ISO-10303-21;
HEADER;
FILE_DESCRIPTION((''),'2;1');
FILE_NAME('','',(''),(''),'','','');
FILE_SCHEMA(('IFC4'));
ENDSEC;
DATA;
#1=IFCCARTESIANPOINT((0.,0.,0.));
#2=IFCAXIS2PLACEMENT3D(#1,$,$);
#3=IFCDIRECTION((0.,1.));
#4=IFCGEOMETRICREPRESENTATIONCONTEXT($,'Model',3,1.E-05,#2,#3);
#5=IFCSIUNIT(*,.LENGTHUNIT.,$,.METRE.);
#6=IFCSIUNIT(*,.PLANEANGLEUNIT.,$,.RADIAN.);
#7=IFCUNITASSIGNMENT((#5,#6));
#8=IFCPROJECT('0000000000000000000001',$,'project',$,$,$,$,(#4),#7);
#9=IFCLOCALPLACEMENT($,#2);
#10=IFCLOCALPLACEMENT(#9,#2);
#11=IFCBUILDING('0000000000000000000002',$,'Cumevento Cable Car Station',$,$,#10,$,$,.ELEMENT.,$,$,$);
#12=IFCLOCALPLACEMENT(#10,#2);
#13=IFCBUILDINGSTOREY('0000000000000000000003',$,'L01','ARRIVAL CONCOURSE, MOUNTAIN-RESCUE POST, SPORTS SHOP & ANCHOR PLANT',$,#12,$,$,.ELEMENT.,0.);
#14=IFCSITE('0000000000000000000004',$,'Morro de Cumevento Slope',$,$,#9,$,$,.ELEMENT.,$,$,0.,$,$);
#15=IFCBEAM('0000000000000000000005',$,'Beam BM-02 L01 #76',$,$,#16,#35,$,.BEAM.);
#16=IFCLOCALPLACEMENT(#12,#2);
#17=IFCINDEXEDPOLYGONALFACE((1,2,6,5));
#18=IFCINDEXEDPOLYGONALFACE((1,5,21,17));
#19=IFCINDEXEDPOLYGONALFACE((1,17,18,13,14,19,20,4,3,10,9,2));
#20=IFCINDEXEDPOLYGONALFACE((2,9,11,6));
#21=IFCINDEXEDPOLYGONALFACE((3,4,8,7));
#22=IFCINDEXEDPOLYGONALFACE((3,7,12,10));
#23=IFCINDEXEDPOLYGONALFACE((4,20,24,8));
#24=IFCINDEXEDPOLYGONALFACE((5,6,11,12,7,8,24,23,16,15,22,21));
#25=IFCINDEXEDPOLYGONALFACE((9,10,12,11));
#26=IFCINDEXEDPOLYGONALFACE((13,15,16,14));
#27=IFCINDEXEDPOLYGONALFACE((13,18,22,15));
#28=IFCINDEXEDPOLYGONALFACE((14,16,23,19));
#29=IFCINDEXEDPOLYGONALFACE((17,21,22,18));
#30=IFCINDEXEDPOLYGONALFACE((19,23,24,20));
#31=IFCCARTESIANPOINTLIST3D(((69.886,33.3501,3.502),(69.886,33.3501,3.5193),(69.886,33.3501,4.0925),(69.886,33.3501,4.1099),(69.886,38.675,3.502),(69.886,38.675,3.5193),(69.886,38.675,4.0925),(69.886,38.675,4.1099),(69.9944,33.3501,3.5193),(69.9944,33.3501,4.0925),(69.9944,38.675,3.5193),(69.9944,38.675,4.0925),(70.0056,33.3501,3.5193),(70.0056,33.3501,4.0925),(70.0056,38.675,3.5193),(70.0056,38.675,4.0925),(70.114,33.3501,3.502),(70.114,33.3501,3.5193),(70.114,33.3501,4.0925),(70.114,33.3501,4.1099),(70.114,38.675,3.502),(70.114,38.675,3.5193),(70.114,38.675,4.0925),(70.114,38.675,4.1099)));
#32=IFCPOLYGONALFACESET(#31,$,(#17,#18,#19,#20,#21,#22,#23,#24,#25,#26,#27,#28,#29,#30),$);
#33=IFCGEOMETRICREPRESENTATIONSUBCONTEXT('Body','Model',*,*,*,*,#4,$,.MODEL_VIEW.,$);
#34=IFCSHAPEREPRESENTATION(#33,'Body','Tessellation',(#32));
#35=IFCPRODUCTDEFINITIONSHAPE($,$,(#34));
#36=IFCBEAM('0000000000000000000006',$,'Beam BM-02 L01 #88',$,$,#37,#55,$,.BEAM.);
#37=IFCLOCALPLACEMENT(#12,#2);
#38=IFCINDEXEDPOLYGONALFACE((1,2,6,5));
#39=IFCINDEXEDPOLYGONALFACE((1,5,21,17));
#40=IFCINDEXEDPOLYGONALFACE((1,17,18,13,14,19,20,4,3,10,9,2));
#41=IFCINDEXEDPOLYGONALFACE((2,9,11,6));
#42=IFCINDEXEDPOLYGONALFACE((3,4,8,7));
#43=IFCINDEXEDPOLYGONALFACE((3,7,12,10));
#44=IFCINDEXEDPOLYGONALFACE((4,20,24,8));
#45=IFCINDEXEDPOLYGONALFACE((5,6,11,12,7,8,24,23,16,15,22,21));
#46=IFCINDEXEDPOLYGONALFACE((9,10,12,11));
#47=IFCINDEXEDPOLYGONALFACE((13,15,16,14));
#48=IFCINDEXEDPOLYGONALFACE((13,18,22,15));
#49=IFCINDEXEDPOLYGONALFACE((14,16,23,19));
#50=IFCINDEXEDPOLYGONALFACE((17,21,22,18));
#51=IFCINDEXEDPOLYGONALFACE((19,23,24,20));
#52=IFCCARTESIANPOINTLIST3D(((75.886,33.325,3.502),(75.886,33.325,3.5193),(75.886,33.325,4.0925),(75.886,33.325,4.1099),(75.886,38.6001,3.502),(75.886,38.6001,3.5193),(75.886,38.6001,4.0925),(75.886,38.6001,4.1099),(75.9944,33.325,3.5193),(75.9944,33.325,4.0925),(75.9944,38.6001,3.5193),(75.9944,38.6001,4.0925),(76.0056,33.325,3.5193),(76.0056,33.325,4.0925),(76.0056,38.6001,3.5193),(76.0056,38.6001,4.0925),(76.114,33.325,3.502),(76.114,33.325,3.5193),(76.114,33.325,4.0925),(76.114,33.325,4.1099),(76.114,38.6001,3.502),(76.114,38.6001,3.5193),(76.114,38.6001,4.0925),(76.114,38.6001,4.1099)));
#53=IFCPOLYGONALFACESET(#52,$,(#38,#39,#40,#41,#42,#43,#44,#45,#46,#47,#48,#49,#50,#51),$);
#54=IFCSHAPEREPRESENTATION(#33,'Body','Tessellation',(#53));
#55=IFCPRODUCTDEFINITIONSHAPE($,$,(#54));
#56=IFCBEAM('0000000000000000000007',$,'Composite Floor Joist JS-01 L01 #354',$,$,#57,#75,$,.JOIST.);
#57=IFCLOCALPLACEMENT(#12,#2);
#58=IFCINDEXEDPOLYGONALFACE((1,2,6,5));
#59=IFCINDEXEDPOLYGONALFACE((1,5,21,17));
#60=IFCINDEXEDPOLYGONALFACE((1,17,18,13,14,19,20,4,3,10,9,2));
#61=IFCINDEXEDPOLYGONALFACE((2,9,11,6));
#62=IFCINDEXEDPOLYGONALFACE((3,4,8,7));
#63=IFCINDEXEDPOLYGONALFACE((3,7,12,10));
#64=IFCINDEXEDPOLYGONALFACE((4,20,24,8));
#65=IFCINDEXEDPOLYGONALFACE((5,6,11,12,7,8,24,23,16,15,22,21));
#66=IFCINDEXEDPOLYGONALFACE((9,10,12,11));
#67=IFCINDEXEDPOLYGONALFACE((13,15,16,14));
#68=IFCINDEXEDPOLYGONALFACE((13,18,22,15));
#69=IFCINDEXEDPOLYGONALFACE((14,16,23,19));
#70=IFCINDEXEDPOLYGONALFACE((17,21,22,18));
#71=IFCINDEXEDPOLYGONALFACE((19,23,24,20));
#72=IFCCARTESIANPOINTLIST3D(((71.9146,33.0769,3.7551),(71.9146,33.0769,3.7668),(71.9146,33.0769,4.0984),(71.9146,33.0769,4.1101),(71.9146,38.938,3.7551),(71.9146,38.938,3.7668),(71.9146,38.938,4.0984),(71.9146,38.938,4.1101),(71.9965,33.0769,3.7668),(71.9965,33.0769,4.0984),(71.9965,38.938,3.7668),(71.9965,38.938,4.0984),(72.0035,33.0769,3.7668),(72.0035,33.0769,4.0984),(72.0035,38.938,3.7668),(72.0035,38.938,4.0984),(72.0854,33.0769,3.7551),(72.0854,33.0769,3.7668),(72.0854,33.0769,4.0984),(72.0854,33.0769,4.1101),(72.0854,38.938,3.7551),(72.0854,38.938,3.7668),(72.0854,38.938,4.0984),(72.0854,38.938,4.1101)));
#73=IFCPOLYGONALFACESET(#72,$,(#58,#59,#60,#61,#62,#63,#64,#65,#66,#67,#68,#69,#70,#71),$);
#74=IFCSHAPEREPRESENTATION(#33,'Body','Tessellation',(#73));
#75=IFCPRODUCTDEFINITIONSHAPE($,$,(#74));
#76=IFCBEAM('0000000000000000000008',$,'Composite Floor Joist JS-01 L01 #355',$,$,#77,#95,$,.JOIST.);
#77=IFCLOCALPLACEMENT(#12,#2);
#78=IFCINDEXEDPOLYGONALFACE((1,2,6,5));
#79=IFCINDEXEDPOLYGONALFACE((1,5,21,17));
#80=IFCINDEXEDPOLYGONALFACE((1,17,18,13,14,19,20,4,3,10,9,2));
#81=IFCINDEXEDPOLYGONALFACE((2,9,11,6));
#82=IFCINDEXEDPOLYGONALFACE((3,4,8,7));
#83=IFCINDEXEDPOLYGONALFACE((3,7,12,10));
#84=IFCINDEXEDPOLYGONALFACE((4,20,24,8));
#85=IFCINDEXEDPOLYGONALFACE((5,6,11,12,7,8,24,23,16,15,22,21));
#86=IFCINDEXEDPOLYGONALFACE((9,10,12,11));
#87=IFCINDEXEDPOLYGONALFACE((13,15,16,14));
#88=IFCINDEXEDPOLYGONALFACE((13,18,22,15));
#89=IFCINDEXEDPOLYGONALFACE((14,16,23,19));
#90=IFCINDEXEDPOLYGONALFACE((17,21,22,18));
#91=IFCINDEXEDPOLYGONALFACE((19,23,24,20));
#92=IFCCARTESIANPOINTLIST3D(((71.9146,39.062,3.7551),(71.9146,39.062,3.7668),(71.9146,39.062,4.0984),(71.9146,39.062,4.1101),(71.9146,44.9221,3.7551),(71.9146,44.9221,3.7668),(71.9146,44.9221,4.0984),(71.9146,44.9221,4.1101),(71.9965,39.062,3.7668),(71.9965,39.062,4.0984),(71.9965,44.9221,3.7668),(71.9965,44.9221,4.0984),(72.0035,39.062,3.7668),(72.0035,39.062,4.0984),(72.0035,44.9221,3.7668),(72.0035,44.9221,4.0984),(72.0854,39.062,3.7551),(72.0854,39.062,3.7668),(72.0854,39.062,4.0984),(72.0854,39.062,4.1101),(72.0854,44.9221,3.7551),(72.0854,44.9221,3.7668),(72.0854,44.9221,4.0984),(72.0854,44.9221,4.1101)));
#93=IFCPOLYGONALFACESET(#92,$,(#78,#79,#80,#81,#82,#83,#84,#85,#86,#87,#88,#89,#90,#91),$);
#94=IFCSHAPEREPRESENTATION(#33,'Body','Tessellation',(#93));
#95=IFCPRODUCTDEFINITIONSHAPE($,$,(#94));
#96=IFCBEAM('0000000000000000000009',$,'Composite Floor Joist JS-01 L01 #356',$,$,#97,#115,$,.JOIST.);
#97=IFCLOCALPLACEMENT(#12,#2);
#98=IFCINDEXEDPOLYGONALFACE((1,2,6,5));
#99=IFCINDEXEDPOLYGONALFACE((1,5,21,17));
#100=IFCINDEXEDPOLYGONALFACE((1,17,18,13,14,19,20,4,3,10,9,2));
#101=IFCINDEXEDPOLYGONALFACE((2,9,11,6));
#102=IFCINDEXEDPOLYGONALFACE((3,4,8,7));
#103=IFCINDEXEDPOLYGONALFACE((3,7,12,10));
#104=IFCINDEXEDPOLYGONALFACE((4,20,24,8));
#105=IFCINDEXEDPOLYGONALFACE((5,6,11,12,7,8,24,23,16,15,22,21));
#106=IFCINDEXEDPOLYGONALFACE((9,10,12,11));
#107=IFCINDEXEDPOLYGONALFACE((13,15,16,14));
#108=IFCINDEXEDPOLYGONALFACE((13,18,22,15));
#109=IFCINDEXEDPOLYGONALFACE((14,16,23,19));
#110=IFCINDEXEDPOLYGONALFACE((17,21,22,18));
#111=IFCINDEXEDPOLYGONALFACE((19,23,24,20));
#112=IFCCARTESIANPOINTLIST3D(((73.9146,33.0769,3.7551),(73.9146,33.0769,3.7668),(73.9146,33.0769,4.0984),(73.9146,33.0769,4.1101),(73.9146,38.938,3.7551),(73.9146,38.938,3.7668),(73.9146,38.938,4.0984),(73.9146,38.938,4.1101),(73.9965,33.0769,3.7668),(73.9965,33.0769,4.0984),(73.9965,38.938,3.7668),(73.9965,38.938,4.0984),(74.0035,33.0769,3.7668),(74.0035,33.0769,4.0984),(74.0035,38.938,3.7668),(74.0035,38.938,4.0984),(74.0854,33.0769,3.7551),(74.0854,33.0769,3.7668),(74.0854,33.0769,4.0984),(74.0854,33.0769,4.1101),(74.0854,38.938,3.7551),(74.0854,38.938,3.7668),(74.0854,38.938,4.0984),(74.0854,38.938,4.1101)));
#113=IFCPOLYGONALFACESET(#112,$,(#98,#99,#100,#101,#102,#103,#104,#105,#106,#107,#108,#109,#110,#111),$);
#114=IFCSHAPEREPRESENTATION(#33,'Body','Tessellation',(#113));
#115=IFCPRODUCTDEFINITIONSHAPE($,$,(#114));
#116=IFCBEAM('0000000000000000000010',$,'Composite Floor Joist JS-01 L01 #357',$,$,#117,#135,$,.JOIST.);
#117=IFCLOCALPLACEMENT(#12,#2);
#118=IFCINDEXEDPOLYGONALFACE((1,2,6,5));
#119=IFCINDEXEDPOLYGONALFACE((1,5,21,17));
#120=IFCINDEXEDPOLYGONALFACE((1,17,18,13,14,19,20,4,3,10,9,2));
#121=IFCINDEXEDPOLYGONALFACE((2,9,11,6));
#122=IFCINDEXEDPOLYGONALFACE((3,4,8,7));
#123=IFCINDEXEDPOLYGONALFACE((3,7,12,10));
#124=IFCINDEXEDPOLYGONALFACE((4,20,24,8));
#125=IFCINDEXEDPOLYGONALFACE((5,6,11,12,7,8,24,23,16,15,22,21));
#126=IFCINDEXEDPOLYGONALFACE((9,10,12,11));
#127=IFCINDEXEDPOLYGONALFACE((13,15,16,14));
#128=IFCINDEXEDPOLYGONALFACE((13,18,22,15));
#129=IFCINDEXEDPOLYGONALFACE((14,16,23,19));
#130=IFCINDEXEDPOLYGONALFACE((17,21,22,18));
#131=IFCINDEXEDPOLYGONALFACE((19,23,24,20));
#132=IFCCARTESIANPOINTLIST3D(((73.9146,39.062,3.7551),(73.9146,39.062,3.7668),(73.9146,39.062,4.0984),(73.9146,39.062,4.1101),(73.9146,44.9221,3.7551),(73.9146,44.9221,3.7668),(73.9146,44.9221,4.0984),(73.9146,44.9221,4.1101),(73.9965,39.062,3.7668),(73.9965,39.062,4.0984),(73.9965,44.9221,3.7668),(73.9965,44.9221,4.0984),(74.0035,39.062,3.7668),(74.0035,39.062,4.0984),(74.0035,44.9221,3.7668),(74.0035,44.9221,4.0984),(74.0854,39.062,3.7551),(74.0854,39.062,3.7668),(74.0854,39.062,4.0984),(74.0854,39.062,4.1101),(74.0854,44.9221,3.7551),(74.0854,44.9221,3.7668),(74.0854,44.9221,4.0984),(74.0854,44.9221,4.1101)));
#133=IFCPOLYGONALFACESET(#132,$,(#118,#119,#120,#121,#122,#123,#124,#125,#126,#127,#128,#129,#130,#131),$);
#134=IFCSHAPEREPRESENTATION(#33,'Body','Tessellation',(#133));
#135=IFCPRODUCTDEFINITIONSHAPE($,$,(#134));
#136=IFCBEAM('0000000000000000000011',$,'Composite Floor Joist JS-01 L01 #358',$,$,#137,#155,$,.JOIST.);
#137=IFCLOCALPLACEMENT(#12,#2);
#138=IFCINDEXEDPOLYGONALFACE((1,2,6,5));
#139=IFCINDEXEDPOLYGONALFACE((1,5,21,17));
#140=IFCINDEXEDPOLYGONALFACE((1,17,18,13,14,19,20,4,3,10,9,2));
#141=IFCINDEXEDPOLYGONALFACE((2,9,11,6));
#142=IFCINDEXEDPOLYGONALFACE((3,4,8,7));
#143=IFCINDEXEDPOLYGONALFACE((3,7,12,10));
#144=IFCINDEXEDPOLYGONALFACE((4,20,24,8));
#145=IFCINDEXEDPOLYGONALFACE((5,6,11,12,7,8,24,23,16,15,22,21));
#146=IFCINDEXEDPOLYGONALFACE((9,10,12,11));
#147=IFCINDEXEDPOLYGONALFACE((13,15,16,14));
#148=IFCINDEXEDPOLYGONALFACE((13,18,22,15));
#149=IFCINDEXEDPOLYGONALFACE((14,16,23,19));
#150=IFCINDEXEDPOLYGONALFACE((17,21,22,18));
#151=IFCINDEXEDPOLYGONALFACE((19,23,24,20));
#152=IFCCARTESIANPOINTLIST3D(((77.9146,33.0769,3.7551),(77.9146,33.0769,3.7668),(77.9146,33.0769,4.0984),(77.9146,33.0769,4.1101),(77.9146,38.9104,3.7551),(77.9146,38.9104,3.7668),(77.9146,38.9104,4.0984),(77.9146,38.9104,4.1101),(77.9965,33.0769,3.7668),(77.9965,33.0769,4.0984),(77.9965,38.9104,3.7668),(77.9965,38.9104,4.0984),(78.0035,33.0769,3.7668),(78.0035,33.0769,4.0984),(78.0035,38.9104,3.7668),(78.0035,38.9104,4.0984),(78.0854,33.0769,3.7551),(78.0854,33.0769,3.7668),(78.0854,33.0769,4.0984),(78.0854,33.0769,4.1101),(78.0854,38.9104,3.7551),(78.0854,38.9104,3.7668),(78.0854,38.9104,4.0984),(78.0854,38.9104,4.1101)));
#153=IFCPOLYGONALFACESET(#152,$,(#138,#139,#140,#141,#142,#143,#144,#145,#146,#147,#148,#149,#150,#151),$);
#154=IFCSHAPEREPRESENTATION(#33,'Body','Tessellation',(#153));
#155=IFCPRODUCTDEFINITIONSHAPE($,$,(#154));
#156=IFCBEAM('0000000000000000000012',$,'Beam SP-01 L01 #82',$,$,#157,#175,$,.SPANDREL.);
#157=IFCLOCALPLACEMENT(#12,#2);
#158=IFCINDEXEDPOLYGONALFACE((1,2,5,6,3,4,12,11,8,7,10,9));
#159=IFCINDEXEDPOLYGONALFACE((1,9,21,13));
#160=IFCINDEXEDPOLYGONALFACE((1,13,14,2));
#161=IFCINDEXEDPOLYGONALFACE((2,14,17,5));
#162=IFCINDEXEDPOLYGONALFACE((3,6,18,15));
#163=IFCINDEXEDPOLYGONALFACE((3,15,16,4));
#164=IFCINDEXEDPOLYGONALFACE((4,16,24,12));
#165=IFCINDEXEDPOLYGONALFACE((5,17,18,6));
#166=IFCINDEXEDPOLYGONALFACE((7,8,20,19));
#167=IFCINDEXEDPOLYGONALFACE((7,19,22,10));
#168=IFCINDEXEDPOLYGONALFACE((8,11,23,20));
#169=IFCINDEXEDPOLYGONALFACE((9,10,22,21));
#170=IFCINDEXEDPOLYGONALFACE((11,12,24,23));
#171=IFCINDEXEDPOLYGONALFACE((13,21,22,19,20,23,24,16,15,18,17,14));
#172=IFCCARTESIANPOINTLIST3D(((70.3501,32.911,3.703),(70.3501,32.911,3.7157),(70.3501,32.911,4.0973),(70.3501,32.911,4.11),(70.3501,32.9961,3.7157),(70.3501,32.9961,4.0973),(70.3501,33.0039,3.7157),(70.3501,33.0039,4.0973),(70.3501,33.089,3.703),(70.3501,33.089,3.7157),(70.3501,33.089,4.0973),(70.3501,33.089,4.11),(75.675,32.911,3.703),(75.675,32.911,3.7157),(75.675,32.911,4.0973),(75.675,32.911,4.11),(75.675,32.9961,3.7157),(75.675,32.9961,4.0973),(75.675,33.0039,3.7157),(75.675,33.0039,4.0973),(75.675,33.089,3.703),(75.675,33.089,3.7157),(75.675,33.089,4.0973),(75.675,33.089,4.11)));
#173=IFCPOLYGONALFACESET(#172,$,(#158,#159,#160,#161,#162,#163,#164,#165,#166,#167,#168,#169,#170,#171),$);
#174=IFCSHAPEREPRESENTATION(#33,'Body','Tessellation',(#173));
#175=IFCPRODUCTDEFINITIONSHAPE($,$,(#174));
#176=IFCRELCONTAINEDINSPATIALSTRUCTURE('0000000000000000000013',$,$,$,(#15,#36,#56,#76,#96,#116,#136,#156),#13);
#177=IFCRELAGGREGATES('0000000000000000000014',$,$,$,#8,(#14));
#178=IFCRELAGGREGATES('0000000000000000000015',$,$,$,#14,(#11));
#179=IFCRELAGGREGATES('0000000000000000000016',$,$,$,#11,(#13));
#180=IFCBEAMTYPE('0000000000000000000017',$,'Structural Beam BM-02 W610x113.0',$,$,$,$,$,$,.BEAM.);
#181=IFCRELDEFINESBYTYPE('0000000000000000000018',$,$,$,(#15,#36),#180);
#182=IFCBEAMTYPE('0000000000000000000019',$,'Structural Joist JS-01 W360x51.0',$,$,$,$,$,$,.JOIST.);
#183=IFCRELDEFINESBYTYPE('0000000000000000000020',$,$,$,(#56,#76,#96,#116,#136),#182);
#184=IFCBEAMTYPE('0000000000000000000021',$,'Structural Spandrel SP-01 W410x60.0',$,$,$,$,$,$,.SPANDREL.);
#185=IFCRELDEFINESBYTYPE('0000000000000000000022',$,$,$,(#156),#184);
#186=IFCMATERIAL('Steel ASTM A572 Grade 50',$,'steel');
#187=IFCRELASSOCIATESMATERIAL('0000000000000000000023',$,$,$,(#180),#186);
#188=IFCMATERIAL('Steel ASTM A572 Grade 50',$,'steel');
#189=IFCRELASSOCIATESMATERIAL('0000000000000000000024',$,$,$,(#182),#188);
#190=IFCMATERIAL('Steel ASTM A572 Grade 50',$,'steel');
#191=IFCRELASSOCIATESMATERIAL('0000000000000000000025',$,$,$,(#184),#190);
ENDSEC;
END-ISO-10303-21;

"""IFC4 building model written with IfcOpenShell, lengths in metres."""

from ifc_helpers import new_model, si_unit, direction, frame, origin, origin_2d, place, context, subcontext, project, spatial, i_section, extrude, material, material_profile, profile_set, type_object, element, save


model = new_model("IFC4")

# Units and contexts
model_context = context("Model", 3, precision=1e-05, world=origin(), true_north=direction((0.0, 1.0)))
body_context = subcontext(model_context, "Body", "Model", "MODEL_VIEW")
ifc_project = project(units=[si_unit("LENGTHUNIT", "METRE"), si_unit("PLANEANGLEUNIT", "RADIAN")], contexts=[model_context])

# Site, building, storey
site_placement = place(None, origin())
site = spatial("IfcSite", under=ifc_project, at=site_placement, Name="Morro de Cumevento Slope", CompositionType="ELEMENT", RefElevation=0.0)
building_placement = place(site_placement, origin())
building = spatial("IfcBuilding", under=site, at=building_placement, Name="Cumevento Cable Car Station", CompositionType="ELEMENT")
storey_placement = place(building_placement, origin())
storey = spatial("IfcBuildingStorey", under=building, at=storey_placement, Name="L01", Description="ARRIVAL CONCOURSE, MOUNTAIN-RESCUE POST, SPORTS SHOP & ANCHOR PLANT", CompositionType="ELEMENT", Elevation=0.0)

# Beams
ifc_material_1 = material(Name="Steel ASTM A572 Grade 50", Category="steel")
ifc_material_profile_1 = material_profile(ifc_material_1, i_section(OverallWidth=0.228, OverallDepth=0.6079, WebThickness=0.0112, FlangeThickness=0.0173, at=origin_2d()), Name="W610x113.0")
ifc_profile_set_1 = profile_set([ifc_material_profile_1], Name="Steel ASTM A572 Grade 50")
beam_type_1 = type_object("IfcBeamType", Name="Structural Beam BM-02 W610x113.0", PredefinedType="BEAM", material=ifc_profile_set_1)
beam_1_placement = place(storey_placement, frame((70.0, 33.3501, 3.8059), z_axis=(0.0, 1.0, 0.0), x_axis=(-1.0, 0.0, 0.0)))
element("IfcBeam", 1, at=beam_1_placement, inside=storey, type_object=beam_type_1, Name="Beam BM-02 L01 #76", PredefinedType="BEAM", context=body_context, shape_type="SweptSolid", body=[
    extrude(i_section(OverallWidth=0.228, OverallDepth=0.6079, WebThickness=0.0112, FlangeThickness=0.0173, at=origin_2d()), origin(), (0.0, 0.0, 1.0), 5.325),
])
beam_2_placement = place(storey_placement, frame((76.0, 33.325, 3.8059), z_axis=(0.0, 1.0, 0.0), x_axis=(-1.0, 0.0, 0.0)))
element("IfcBeam", 2, at=beam_2_placement, inside=storey, type_object=beam_type_1, Name="Beam BM-02 L01 #88", PredefinedType="BEAM", context=body_context, shape_type="SweptSolid", body=[
    extrude(i_section(OverallWidth=0.228, OverallDepth=0.6079, WebThickness=0.0112, FlangeThickness=0.0173, at=origin_2d()), origin(), (0.0, 0.0, 1.0), 5.2751),
])
ifc_material_2 = material(Name="Steel ASTM A572 Grade 50", Category="steel")
ifc_material_profile_2 = material_profile(ifc_material_2, i_section(OverallWidth=0.1709, OverallDepth=0.355, WebThickness=0.0071, FlangeThickness=0.0117, at=origin_2d()), Name="W360x51.0")
ifc_profile_set_2 = profile_set([ifc_material_profile_2], Name="Steel ASTM A572 Grade 50")
beam_type_2 = type_object("IfcBeamType", Name="Structural Joist JS-01 W360x51.0", PredefinedType="JOIST", material=ifc_profile_set_2)
beam_3_placement = place(storey_placement, frame((72.0, 33.0769, 3.9326), z_axis=(0.0, 1.0, 0.0), x_axis=(-1.0, 0.0, 0.0)))
element("IfcBeam", 3, at=beam_3_placement, inside=storey, type_object=beam_type_2, Name="Composite Floor Joist JS-01 L01 #354", PredefinedType="JOIST", context=body_context, shape_type="SweptSolid", body=[
    extrude(i_section(OverallWidth=0.1709, OverallDepth=0.355, WebThickness=0.0071, FlangeThickness=0.0117, at=origin_2d()), origin(), (0.0, 0.0, 1.0), 5.8611),
])
beam_4_placement = place(storey_placement, frame((72.0, 39.062, 3.9326), z_axis=(0.0, 1.0, 0.0), x_axis=(-1.0, 0.0, 0.0)))
element("IfcBeam", 4, at=beam_4_placement, inside=storey, type_object=beam_type_2, Name="Composite Floor Joist JS-01 L01 #355", PredefinedType="JOIST", context=body_context, shape_type="SweptSolid", body=[
    extrude(i_section(OverallWidth=0.1709, OverallDepth=0.355, WebThickness=0.0071, FlangeThickness=0.0117, at=origin_2d()), origin(), (0.0, 0.0, 1.0), 5.8601),
])
beam_5_placement = place(storey_placement, frame((74.0, 33.0769, 3.9326), z_axis=(0.0, 1.0, 0.0), x_axis=(-1.0, 0.0, 0.0)))
element("IfcBeam", 5, at=beam_5_placement, inside=storey, type_object=beam_type_2, Name="Composite Floor Joist JS-01 L01 #356", PredefinedType="JOIST", context=body_context, shape_type="SweptSolid", body=[
    extrude(i_section(OverallWidth=0.1709, OverallDepth=0.355, WebThickness=0.0071, FlangeThickness=0.0117, at=origin_2d()), origin(), (0.0, 0.0, 1.0), 5.8611),
])
beam_6_placement = place(storey_placement, frame((74.0, 39.062, 3.9326), z_axis=(0.0, 1.0, 0.0), x_axis=(-1.0, 0.0, 0.0)))
element("IfcBeam", 6, at=beam_6_placement, inside=storey, type_object=beam_type_2, Name="Composite Floor Joist JS-01 L01 #357", PredefinedType="JOIST", context=body_context, shape_type="SweptSolid", body=[
    extrude(i_section(OverallWidth=0.1709, OverallDepth=0.355, WebThickness=0.0071, FlangeThickness=0.0117, at=origin_2d()), origin(), (0.0, 0.0, 1.0), 5.8601),
])
beam_7_placement = place(storey_placement, frame((78.0, 33.0769, 3.9326), z_axis=(0.0, 1.0, 0.0), x_axis=(-1.0, 0.0, 0.0)))
element("IfcBeam", 7, at=beam_7_placement, inside=storey, type_object=beam_type_2, Name="Composite Floor Joist JS-01 L01 #358", PredefinedType="JOIST", context=body_context, shape_type="SweptSolid", body=[
    extrude(i_section(OverallWidth=0.1709, OverallDepth=0.355, WebThickness=0.0071, FlangeThickness=0.0117, at=origin_2d()), origin(), (0.0, 0.0, 1.0), 5.8335),
])
ifc_material_3 = material(Name="Steel ASTM A572 Grade 50", Category="steel")
ifc_material_profile_3 = material_profile(ifc_material_3, i_section(OverallWidth=0.178, OverallDepth=0.407, WebThickness=0.0078, FlangeThickness=0.0127, at=origin_2d()), Name="W410x60.0")
ifc_profile_set_3 = profile_set([ifc_material_profile_3], Name="Steel ASTM A572 Grade 50")
beam_type_3 = type_object("IfcBeamType", Name="Structural Spandrel SP-01 W410x60.0", PredefinedType="SPANDREL", material=ifc_profile_set_3)
beam_8_placement = place(storey_placement, frame((70.3501, 33.0, 3.9065), z_axis=(1.0, 0.0, 0.0), x_axis=(0.0, 1.0, 0.0)))
element("IfcBeam", 8, at=beam_8_placement, inside=storey, type_object=beam_type_3, Name="Beam SP-01 L01 #82", PredefinedType="SPANDREL", context=body_context, shape_type="SweptSolid", body=[
    extrude(i_section(OverallWidth=0.178, OverallDepth=0.407, WebThickness=0.0078, FlangeThickness=0.0127, at=origin_2d()), origin(), (0.0, 0.0, 1.0), 5.325),
])

save(model, "model.ifc")
